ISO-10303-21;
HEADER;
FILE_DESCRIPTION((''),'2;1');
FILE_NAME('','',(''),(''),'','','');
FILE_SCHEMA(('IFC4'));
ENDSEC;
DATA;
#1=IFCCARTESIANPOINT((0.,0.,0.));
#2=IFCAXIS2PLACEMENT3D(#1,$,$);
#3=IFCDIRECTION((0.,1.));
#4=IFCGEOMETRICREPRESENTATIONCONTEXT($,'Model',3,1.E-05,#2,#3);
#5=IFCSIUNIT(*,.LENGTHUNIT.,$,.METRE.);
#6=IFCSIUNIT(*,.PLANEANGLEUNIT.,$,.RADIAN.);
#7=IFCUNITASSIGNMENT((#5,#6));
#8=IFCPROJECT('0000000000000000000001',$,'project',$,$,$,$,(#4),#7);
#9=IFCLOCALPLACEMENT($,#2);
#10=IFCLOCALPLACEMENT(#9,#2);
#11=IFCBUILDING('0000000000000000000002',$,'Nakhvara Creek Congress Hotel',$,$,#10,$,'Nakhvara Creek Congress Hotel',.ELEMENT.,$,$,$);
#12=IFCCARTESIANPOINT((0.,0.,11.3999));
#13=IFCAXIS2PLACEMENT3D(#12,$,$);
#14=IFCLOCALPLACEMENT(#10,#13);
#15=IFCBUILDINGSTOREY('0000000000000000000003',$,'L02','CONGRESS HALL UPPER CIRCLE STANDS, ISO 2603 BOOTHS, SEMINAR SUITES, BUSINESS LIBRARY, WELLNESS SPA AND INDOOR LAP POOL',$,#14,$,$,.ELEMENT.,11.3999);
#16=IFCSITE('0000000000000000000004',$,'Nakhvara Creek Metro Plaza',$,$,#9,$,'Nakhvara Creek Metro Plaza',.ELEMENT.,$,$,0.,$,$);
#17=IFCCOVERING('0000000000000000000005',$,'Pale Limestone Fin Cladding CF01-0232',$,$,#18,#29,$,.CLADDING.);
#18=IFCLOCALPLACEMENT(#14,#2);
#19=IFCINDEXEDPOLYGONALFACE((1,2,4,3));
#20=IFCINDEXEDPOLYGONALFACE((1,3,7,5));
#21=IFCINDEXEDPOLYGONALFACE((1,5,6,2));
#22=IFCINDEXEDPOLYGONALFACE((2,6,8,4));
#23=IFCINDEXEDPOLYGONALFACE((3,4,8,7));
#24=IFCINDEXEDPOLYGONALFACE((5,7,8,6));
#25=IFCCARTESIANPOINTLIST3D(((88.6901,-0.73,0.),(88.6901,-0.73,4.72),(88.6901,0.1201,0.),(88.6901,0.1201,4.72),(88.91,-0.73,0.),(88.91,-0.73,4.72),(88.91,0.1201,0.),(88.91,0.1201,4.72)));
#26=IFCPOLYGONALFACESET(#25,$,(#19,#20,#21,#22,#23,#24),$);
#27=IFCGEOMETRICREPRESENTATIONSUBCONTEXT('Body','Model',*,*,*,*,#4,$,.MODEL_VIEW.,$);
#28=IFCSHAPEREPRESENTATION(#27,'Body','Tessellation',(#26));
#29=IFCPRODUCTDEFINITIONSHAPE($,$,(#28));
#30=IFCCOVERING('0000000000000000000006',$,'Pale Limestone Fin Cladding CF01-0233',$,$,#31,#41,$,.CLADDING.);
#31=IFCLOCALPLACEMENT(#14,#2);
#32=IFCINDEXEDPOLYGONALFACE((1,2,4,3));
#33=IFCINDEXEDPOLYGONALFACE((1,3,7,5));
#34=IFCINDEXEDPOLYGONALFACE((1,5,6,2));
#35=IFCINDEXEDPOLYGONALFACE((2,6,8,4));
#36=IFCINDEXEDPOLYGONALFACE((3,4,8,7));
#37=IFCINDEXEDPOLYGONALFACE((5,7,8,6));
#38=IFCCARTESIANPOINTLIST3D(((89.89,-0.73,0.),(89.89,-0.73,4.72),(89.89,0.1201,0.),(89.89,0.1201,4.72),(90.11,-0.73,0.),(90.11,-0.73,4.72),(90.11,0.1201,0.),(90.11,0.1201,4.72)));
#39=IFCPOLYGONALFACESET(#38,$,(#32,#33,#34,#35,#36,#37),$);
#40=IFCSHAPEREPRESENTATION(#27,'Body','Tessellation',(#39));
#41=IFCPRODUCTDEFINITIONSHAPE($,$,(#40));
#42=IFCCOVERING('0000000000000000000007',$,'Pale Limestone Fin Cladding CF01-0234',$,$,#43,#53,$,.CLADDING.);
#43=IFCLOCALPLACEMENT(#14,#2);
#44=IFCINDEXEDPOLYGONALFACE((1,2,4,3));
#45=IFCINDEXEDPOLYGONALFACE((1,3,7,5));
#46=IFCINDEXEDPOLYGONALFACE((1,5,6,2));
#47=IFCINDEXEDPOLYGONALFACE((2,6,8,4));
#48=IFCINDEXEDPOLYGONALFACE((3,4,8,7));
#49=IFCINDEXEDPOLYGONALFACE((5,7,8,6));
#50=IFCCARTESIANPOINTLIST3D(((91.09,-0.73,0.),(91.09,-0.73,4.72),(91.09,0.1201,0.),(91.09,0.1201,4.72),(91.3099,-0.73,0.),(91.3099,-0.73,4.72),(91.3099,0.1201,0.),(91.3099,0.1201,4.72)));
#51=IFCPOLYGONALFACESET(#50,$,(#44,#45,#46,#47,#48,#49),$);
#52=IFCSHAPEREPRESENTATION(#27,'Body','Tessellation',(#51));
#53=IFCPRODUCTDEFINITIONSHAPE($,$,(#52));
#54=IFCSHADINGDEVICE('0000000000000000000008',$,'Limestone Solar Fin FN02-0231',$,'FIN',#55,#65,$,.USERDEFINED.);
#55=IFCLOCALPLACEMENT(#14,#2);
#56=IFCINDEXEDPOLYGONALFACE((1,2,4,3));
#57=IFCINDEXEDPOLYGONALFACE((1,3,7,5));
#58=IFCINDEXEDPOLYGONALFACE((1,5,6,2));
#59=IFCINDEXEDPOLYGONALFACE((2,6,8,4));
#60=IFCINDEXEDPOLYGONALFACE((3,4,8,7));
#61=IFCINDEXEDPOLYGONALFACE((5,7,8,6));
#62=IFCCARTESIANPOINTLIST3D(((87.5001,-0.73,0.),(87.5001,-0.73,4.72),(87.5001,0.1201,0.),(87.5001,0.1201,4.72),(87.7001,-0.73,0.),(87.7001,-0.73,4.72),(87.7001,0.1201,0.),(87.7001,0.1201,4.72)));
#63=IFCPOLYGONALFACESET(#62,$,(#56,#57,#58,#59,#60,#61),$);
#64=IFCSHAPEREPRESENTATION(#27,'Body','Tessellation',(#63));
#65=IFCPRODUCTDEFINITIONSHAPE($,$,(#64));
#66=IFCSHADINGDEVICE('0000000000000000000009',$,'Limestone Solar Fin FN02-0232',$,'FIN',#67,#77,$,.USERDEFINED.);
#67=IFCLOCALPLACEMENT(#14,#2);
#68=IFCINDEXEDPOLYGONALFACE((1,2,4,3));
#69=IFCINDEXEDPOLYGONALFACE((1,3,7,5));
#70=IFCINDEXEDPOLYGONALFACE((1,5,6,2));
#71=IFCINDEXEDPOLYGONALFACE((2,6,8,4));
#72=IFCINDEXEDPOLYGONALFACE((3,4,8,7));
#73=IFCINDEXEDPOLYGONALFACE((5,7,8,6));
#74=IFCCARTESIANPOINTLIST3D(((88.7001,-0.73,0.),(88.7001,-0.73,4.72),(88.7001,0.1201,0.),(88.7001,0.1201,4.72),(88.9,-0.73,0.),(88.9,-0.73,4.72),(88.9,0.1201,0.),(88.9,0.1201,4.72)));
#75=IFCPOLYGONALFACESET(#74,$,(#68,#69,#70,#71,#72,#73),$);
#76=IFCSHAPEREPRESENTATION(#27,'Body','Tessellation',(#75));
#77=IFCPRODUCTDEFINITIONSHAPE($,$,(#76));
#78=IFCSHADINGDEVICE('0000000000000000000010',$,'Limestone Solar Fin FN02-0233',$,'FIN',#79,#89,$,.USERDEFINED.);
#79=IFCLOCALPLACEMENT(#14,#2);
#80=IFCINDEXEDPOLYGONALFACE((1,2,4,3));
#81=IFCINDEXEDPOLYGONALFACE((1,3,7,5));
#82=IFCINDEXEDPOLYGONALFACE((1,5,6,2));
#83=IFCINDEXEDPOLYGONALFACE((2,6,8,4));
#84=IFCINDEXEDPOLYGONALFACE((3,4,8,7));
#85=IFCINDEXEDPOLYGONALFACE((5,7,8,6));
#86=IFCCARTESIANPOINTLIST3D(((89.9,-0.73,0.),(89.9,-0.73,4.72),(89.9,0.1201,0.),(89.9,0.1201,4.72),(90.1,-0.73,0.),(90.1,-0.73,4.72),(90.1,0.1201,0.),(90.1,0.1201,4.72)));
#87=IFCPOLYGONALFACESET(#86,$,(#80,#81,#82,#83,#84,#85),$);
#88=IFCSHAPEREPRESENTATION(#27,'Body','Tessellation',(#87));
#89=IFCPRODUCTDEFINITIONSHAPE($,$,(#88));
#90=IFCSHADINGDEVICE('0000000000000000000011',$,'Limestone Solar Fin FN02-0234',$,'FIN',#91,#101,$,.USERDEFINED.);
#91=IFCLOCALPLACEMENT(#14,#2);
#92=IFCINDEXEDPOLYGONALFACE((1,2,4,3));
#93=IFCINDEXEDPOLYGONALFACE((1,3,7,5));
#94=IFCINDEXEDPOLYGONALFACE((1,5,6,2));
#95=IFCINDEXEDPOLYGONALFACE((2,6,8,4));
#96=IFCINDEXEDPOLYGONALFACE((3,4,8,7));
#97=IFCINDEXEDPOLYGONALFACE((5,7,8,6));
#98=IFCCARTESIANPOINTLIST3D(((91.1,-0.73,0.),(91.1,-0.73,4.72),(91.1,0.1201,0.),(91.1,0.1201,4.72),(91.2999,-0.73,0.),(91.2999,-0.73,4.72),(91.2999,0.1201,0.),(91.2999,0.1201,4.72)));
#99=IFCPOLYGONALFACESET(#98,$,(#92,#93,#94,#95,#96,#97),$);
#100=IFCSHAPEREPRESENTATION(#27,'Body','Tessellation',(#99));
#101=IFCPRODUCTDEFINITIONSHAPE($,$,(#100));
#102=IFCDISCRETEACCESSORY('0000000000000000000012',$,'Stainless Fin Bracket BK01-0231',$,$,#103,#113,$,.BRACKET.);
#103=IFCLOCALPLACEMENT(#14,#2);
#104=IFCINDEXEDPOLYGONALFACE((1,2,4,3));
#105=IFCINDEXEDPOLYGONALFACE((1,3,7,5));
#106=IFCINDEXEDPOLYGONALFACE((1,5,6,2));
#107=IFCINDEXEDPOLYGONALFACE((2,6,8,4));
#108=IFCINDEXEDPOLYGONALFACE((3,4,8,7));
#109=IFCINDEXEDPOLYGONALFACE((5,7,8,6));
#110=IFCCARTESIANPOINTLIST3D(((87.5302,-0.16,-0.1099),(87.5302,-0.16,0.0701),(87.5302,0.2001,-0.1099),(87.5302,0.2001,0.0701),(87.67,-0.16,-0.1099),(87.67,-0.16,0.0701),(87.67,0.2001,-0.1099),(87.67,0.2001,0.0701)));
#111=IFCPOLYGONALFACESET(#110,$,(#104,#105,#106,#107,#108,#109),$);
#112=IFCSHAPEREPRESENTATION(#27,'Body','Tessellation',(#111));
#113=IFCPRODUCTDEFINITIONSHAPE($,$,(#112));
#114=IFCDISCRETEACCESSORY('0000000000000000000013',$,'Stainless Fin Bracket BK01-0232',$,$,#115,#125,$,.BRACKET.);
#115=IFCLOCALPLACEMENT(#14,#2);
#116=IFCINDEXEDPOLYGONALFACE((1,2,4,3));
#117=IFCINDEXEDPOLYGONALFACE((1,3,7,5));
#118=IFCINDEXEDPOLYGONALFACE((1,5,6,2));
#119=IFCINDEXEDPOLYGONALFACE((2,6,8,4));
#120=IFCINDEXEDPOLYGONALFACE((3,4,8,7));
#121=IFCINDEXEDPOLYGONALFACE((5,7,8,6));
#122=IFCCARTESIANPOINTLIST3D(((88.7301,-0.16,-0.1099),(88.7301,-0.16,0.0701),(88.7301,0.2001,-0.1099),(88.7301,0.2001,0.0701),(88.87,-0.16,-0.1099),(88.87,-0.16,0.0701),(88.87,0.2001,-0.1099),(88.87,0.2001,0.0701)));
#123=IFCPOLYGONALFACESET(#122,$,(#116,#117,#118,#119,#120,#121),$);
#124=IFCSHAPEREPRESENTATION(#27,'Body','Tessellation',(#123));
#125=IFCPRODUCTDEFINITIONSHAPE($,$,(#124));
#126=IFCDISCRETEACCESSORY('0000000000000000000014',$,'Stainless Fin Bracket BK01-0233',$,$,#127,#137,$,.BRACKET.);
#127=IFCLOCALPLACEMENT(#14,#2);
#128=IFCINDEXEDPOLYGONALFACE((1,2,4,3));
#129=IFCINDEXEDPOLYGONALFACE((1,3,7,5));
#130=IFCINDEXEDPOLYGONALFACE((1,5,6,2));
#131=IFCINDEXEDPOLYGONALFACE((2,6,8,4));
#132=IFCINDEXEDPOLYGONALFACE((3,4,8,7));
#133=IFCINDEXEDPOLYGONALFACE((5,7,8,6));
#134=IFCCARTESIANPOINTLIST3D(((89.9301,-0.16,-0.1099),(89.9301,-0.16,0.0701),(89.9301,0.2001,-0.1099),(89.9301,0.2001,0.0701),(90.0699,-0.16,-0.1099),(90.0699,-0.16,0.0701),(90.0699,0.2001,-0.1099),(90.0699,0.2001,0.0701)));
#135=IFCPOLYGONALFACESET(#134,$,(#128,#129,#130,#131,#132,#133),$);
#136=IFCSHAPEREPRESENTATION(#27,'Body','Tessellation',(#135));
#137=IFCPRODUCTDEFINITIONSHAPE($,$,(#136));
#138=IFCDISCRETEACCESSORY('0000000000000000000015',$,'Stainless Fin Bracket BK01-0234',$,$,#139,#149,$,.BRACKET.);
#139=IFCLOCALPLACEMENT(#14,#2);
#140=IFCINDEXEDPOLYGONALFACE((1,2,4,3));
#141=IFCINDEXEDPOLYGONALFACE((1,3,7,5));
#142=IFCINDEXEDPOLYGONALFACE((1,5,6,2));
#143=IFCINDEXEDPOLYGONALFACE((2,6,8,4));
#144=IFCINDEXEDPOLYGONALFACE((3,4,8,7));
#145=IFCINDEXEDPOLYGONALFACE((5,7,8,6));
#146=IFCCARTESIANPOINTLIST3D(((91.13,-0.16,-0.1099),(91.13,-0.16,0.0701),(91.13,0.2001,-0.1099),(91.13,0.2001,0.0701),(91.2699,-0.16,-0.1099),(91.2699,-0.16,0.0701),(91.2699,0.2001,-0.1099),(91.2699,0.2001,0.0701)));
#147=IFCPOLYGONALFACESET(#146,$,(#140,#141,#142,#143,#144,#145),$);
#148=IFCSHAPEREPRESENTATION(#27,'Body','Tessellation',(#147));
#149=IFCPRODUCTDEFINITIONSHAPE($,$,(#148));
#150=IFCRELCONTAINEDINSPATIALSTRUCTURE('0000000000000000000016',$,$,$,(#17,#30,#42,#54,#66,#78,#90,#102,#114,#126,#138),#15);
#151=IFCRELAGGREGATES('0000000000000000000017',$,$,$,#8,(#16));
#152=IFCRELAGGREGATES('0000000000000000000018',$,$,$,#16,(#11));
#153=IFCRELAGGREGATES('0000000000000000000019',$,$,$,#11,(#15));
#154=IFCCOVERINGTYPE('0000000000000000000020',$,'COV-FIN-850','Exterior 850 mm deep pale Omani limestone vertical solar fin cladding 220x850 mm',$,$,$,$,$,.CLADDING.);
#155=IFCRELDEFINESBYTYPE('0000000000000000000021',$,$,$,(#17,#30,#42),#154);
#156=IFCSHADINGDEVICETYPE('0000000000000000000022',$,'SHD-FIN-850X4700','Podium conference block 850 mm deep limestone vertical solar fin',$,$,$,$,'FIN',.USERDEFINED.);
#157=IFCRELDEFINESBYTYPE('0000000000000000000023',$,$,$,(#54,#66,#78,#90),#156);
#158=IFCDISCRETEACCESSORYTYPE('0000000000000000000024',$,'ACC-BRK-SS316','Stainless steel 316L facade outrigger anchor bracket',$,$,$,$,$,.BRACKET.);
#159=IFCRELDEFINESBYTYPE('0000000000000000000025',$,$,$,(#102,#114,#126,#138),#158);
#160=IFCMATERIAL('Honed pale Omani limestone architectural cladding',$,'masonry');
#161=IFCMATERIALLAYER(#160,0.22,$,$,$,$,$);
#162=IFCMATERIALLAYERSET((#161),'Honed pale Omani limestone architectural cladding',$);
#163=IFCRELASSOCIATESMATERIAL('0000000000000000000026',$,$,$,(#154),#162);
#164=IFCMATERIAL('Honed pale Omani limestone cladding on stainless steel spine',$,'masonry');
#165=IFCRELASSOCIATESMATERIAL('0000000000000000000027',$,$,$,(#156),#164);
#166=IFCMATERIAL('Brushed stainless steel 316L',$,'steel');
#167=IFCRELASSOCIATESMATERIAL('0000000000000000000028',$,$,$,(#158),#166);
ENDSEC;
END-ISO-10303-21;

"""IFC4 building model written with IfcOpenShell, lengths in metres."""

from ifc_helpers import new_model, si_unit, direction, frame, origin, origin_2d, place, context, subcontext, project, spatial, rectangle, extrude, material, layer, layer_set, type_object, element, save


model = new_model("IFC4")

# Units and contexts
model_context = context("Model", 3, precision=1e-05, world=origin(), true_north=direction((0.0, 1.0)))
body_context = subcontext(model_context, "Body", "Model", "MODEL_VIEW")
ifc_project = project(units=[si_unit("LENGTHUNIT", "METRE"), si_unit("PLANEANGLEUNIT", "RADIAN")], contexts=[model_context])

# Site, building, storey
site_placement = place(None, origin())
site = spatial("IfcSite", under=ifc_project, at=site_placement, Name="Nakhvara Creek Metro Plaza", LongName="Nakhvara Creek Metro Plaza", CompositionType="ELEMENT", RefElevation=0.0)
building_placement = place(site_placement, origin())
building = spatial("IfcBuilding", under=site, at=building_placement, Name="Nakhvara Creek Congress Hotel", LongName="Nakhvara Creek Congress Hotel", CompositionType="ELEMENT")
storey_placement = place(building_placement, frame((0.0, 0.0, 11.3999)))
storey = spatial("IfcBuildingStorey", under=building, at=storey_placement, Name="L02", Description="CONGRESS HALL UPPER CIRCLE STANDS, ISO 2603 BOOTHS, SEMINAR SUITES, BUSINESS LIBRARY, WELLNESS SPA AND INDOOR LAP POOL", CompositionType="ELEMENT", Elevation=11.3999)

# Coverings
ifc_material_1 = material(Name="Honed pale Omani limestone architectural cladding", Category="masonry")
ifc_layer_1 = layer(ifc_material_1, 0.22)
ifc_layer_set_1 = layer_set([ifc_layer_1], Name="Honed pale Omani limestone architectural cladding")
covering_type = type_object("IfcCoveringType", Name="COV-FIN-850", Description="Exterior 850 mm deep pale Omani limestone vertical solar fin cladding 220x850 mm", PredefinedType="CLADDING", material=ifc_layer_set_1)
for number, where, z_axis, x_axis, name in (
    (1, (88.8, -0.3049, 0.0), (0.0, 0.0, 1.0), (1.0, 0.0, 0.0), "Pale Limestone Fin Cladding CF01-0232"),
    (2, (90.0, -0.3049, 0.0), (0.0, 0.0, 1.0), (1.0, 0.0, 0.0), "Pale Limestone Fin Cladding CF01-0233"),
    (3, (91.2, -0.3049, 0.0), (0.0, 0.0, 1.0), (1.0, 0.0, 0.0), "Pale Limestone Fin Cladding CF01-0234"),
):
    element("IfcCovering", number, at=place(storey_placement, frame(where, z_axis=z_axis, x_axis=x_axis)), inside=storey, type_object=covering_type, Name=name, PredefinedType="CLADDING", context=body_context, shape_type="SweptSolid", body=[
        extrude(rectangle(XDim=0.22, YDim=0.8501, at=origin_2d()), origin(), (0.0, 0.0, 1.0), 4.72),
    ])

# Shading devices
ifc_material_2 = material(Name="Honed pale Omani limestone cladding on stainless steel spine", Category="masonry")
shading_device_type = type_object("IfcShadingDeviceType", Name="SHD-FIN-850X4700", Description="Podium conference block 850 mm deep limestone vertical solar fin", ElementType="FIN", PredefinedType="USERDEFINED", material=ifc_material_2)
for number, where, z_axis, x_axis, name in (
    (4, (87.6001, -0.3049, 0.0), (0.0, 0.0, 1.0), (1.0, 0.0, 0.0), "Limestone Solar Fin FN02-0231"),
    (5, (88.8, -0.3049, 0.0), (0.0, 0.0, 1.0), (1.0, 0.0, 0.0), "Limestone Solar Fin FN02-0232"),
    (6, (90.0, -0.3049, 0.0), (0.0, 0.0, 1.0), (1.0, 0.0, 0.0), "Limestone Solar Fin FN02-0233"),
    (7, (91.2, -0.3049, 0.0), (0.0, 0.0, 1.0), (1.0, 0.0, 0.0), "Limestone Solar Fin FN02-0234"),
):
    element("IfcShadingDevice", number, at=place(storey_placement, frame(where, z_axis=z_axis, x_axis=x_axis)), inside=storey, type_object=shading_device_type, Name=name, ObjectType="FIN", PredefinedType="USERDEFINED", context=body_context, shape_type="SweptSolid", body=[
        extrude(rectangle(XDim=0.2, YDim=0.8501, at=origin_2d()), origin(), (0.0, 0.0, 1.0), 4.72),
    ])

# Discrete accessories
ifc_material_3 = material(Name="Brushed stainless steel 316L", Category="steel")
discrete_accessory_type = type_object("IfcDiscreteAccessoryType", Name="ACC-BRK-SS316", Description="Stainless steel 316L facade outrigger anchor bracket", PredefinedType="BRACKET", material=ifc_material_3)
for number, where, z_axis, x_axis, name in (
    (8, (87.6001, 0.02, -0.1099), (0.0, 0.0, 1.0), (1.0, 0.0, 0.0), "Stainless Fin Bracket BK01-0231"),
    (9, (88.8, 0.02, -0.1099), (0.0, 0.0, 1.0), (1.0, 0.0, 0.0), "Stainless Fin Bracket BK01-0232"),
    (10, (90.0, 0.02, -0.1099), (0.0, 0.0, 1.0), (1.0, 0.0, 0.0), "Stainless Fin Bracket BK01-0233"),
    (11, (91.2, 0.02, -0.1099), (0.0, 0.0, 1.0), (1.0, 0.0, 0.0), "Stainless Fin Bracket BK01-0234"),
):
    element("IfcDiscreteAccessory", number, at=place(storey_placement, frame(where, z_axis=z_axis, x_axis=x_axis)), inside=storey, type_object=discrete_accessory_type, Name=name, PredefinedType="BRACKET", context=body_context, shape_type="SweptSolid", body=[
        extrude(rectangle(XDim=0.1399, YDim=0.3601, at=origin_2d()), origin(), (0.0, 0.0, 1.0), 0.1799),
    ])

save(model, "model.ifc")
